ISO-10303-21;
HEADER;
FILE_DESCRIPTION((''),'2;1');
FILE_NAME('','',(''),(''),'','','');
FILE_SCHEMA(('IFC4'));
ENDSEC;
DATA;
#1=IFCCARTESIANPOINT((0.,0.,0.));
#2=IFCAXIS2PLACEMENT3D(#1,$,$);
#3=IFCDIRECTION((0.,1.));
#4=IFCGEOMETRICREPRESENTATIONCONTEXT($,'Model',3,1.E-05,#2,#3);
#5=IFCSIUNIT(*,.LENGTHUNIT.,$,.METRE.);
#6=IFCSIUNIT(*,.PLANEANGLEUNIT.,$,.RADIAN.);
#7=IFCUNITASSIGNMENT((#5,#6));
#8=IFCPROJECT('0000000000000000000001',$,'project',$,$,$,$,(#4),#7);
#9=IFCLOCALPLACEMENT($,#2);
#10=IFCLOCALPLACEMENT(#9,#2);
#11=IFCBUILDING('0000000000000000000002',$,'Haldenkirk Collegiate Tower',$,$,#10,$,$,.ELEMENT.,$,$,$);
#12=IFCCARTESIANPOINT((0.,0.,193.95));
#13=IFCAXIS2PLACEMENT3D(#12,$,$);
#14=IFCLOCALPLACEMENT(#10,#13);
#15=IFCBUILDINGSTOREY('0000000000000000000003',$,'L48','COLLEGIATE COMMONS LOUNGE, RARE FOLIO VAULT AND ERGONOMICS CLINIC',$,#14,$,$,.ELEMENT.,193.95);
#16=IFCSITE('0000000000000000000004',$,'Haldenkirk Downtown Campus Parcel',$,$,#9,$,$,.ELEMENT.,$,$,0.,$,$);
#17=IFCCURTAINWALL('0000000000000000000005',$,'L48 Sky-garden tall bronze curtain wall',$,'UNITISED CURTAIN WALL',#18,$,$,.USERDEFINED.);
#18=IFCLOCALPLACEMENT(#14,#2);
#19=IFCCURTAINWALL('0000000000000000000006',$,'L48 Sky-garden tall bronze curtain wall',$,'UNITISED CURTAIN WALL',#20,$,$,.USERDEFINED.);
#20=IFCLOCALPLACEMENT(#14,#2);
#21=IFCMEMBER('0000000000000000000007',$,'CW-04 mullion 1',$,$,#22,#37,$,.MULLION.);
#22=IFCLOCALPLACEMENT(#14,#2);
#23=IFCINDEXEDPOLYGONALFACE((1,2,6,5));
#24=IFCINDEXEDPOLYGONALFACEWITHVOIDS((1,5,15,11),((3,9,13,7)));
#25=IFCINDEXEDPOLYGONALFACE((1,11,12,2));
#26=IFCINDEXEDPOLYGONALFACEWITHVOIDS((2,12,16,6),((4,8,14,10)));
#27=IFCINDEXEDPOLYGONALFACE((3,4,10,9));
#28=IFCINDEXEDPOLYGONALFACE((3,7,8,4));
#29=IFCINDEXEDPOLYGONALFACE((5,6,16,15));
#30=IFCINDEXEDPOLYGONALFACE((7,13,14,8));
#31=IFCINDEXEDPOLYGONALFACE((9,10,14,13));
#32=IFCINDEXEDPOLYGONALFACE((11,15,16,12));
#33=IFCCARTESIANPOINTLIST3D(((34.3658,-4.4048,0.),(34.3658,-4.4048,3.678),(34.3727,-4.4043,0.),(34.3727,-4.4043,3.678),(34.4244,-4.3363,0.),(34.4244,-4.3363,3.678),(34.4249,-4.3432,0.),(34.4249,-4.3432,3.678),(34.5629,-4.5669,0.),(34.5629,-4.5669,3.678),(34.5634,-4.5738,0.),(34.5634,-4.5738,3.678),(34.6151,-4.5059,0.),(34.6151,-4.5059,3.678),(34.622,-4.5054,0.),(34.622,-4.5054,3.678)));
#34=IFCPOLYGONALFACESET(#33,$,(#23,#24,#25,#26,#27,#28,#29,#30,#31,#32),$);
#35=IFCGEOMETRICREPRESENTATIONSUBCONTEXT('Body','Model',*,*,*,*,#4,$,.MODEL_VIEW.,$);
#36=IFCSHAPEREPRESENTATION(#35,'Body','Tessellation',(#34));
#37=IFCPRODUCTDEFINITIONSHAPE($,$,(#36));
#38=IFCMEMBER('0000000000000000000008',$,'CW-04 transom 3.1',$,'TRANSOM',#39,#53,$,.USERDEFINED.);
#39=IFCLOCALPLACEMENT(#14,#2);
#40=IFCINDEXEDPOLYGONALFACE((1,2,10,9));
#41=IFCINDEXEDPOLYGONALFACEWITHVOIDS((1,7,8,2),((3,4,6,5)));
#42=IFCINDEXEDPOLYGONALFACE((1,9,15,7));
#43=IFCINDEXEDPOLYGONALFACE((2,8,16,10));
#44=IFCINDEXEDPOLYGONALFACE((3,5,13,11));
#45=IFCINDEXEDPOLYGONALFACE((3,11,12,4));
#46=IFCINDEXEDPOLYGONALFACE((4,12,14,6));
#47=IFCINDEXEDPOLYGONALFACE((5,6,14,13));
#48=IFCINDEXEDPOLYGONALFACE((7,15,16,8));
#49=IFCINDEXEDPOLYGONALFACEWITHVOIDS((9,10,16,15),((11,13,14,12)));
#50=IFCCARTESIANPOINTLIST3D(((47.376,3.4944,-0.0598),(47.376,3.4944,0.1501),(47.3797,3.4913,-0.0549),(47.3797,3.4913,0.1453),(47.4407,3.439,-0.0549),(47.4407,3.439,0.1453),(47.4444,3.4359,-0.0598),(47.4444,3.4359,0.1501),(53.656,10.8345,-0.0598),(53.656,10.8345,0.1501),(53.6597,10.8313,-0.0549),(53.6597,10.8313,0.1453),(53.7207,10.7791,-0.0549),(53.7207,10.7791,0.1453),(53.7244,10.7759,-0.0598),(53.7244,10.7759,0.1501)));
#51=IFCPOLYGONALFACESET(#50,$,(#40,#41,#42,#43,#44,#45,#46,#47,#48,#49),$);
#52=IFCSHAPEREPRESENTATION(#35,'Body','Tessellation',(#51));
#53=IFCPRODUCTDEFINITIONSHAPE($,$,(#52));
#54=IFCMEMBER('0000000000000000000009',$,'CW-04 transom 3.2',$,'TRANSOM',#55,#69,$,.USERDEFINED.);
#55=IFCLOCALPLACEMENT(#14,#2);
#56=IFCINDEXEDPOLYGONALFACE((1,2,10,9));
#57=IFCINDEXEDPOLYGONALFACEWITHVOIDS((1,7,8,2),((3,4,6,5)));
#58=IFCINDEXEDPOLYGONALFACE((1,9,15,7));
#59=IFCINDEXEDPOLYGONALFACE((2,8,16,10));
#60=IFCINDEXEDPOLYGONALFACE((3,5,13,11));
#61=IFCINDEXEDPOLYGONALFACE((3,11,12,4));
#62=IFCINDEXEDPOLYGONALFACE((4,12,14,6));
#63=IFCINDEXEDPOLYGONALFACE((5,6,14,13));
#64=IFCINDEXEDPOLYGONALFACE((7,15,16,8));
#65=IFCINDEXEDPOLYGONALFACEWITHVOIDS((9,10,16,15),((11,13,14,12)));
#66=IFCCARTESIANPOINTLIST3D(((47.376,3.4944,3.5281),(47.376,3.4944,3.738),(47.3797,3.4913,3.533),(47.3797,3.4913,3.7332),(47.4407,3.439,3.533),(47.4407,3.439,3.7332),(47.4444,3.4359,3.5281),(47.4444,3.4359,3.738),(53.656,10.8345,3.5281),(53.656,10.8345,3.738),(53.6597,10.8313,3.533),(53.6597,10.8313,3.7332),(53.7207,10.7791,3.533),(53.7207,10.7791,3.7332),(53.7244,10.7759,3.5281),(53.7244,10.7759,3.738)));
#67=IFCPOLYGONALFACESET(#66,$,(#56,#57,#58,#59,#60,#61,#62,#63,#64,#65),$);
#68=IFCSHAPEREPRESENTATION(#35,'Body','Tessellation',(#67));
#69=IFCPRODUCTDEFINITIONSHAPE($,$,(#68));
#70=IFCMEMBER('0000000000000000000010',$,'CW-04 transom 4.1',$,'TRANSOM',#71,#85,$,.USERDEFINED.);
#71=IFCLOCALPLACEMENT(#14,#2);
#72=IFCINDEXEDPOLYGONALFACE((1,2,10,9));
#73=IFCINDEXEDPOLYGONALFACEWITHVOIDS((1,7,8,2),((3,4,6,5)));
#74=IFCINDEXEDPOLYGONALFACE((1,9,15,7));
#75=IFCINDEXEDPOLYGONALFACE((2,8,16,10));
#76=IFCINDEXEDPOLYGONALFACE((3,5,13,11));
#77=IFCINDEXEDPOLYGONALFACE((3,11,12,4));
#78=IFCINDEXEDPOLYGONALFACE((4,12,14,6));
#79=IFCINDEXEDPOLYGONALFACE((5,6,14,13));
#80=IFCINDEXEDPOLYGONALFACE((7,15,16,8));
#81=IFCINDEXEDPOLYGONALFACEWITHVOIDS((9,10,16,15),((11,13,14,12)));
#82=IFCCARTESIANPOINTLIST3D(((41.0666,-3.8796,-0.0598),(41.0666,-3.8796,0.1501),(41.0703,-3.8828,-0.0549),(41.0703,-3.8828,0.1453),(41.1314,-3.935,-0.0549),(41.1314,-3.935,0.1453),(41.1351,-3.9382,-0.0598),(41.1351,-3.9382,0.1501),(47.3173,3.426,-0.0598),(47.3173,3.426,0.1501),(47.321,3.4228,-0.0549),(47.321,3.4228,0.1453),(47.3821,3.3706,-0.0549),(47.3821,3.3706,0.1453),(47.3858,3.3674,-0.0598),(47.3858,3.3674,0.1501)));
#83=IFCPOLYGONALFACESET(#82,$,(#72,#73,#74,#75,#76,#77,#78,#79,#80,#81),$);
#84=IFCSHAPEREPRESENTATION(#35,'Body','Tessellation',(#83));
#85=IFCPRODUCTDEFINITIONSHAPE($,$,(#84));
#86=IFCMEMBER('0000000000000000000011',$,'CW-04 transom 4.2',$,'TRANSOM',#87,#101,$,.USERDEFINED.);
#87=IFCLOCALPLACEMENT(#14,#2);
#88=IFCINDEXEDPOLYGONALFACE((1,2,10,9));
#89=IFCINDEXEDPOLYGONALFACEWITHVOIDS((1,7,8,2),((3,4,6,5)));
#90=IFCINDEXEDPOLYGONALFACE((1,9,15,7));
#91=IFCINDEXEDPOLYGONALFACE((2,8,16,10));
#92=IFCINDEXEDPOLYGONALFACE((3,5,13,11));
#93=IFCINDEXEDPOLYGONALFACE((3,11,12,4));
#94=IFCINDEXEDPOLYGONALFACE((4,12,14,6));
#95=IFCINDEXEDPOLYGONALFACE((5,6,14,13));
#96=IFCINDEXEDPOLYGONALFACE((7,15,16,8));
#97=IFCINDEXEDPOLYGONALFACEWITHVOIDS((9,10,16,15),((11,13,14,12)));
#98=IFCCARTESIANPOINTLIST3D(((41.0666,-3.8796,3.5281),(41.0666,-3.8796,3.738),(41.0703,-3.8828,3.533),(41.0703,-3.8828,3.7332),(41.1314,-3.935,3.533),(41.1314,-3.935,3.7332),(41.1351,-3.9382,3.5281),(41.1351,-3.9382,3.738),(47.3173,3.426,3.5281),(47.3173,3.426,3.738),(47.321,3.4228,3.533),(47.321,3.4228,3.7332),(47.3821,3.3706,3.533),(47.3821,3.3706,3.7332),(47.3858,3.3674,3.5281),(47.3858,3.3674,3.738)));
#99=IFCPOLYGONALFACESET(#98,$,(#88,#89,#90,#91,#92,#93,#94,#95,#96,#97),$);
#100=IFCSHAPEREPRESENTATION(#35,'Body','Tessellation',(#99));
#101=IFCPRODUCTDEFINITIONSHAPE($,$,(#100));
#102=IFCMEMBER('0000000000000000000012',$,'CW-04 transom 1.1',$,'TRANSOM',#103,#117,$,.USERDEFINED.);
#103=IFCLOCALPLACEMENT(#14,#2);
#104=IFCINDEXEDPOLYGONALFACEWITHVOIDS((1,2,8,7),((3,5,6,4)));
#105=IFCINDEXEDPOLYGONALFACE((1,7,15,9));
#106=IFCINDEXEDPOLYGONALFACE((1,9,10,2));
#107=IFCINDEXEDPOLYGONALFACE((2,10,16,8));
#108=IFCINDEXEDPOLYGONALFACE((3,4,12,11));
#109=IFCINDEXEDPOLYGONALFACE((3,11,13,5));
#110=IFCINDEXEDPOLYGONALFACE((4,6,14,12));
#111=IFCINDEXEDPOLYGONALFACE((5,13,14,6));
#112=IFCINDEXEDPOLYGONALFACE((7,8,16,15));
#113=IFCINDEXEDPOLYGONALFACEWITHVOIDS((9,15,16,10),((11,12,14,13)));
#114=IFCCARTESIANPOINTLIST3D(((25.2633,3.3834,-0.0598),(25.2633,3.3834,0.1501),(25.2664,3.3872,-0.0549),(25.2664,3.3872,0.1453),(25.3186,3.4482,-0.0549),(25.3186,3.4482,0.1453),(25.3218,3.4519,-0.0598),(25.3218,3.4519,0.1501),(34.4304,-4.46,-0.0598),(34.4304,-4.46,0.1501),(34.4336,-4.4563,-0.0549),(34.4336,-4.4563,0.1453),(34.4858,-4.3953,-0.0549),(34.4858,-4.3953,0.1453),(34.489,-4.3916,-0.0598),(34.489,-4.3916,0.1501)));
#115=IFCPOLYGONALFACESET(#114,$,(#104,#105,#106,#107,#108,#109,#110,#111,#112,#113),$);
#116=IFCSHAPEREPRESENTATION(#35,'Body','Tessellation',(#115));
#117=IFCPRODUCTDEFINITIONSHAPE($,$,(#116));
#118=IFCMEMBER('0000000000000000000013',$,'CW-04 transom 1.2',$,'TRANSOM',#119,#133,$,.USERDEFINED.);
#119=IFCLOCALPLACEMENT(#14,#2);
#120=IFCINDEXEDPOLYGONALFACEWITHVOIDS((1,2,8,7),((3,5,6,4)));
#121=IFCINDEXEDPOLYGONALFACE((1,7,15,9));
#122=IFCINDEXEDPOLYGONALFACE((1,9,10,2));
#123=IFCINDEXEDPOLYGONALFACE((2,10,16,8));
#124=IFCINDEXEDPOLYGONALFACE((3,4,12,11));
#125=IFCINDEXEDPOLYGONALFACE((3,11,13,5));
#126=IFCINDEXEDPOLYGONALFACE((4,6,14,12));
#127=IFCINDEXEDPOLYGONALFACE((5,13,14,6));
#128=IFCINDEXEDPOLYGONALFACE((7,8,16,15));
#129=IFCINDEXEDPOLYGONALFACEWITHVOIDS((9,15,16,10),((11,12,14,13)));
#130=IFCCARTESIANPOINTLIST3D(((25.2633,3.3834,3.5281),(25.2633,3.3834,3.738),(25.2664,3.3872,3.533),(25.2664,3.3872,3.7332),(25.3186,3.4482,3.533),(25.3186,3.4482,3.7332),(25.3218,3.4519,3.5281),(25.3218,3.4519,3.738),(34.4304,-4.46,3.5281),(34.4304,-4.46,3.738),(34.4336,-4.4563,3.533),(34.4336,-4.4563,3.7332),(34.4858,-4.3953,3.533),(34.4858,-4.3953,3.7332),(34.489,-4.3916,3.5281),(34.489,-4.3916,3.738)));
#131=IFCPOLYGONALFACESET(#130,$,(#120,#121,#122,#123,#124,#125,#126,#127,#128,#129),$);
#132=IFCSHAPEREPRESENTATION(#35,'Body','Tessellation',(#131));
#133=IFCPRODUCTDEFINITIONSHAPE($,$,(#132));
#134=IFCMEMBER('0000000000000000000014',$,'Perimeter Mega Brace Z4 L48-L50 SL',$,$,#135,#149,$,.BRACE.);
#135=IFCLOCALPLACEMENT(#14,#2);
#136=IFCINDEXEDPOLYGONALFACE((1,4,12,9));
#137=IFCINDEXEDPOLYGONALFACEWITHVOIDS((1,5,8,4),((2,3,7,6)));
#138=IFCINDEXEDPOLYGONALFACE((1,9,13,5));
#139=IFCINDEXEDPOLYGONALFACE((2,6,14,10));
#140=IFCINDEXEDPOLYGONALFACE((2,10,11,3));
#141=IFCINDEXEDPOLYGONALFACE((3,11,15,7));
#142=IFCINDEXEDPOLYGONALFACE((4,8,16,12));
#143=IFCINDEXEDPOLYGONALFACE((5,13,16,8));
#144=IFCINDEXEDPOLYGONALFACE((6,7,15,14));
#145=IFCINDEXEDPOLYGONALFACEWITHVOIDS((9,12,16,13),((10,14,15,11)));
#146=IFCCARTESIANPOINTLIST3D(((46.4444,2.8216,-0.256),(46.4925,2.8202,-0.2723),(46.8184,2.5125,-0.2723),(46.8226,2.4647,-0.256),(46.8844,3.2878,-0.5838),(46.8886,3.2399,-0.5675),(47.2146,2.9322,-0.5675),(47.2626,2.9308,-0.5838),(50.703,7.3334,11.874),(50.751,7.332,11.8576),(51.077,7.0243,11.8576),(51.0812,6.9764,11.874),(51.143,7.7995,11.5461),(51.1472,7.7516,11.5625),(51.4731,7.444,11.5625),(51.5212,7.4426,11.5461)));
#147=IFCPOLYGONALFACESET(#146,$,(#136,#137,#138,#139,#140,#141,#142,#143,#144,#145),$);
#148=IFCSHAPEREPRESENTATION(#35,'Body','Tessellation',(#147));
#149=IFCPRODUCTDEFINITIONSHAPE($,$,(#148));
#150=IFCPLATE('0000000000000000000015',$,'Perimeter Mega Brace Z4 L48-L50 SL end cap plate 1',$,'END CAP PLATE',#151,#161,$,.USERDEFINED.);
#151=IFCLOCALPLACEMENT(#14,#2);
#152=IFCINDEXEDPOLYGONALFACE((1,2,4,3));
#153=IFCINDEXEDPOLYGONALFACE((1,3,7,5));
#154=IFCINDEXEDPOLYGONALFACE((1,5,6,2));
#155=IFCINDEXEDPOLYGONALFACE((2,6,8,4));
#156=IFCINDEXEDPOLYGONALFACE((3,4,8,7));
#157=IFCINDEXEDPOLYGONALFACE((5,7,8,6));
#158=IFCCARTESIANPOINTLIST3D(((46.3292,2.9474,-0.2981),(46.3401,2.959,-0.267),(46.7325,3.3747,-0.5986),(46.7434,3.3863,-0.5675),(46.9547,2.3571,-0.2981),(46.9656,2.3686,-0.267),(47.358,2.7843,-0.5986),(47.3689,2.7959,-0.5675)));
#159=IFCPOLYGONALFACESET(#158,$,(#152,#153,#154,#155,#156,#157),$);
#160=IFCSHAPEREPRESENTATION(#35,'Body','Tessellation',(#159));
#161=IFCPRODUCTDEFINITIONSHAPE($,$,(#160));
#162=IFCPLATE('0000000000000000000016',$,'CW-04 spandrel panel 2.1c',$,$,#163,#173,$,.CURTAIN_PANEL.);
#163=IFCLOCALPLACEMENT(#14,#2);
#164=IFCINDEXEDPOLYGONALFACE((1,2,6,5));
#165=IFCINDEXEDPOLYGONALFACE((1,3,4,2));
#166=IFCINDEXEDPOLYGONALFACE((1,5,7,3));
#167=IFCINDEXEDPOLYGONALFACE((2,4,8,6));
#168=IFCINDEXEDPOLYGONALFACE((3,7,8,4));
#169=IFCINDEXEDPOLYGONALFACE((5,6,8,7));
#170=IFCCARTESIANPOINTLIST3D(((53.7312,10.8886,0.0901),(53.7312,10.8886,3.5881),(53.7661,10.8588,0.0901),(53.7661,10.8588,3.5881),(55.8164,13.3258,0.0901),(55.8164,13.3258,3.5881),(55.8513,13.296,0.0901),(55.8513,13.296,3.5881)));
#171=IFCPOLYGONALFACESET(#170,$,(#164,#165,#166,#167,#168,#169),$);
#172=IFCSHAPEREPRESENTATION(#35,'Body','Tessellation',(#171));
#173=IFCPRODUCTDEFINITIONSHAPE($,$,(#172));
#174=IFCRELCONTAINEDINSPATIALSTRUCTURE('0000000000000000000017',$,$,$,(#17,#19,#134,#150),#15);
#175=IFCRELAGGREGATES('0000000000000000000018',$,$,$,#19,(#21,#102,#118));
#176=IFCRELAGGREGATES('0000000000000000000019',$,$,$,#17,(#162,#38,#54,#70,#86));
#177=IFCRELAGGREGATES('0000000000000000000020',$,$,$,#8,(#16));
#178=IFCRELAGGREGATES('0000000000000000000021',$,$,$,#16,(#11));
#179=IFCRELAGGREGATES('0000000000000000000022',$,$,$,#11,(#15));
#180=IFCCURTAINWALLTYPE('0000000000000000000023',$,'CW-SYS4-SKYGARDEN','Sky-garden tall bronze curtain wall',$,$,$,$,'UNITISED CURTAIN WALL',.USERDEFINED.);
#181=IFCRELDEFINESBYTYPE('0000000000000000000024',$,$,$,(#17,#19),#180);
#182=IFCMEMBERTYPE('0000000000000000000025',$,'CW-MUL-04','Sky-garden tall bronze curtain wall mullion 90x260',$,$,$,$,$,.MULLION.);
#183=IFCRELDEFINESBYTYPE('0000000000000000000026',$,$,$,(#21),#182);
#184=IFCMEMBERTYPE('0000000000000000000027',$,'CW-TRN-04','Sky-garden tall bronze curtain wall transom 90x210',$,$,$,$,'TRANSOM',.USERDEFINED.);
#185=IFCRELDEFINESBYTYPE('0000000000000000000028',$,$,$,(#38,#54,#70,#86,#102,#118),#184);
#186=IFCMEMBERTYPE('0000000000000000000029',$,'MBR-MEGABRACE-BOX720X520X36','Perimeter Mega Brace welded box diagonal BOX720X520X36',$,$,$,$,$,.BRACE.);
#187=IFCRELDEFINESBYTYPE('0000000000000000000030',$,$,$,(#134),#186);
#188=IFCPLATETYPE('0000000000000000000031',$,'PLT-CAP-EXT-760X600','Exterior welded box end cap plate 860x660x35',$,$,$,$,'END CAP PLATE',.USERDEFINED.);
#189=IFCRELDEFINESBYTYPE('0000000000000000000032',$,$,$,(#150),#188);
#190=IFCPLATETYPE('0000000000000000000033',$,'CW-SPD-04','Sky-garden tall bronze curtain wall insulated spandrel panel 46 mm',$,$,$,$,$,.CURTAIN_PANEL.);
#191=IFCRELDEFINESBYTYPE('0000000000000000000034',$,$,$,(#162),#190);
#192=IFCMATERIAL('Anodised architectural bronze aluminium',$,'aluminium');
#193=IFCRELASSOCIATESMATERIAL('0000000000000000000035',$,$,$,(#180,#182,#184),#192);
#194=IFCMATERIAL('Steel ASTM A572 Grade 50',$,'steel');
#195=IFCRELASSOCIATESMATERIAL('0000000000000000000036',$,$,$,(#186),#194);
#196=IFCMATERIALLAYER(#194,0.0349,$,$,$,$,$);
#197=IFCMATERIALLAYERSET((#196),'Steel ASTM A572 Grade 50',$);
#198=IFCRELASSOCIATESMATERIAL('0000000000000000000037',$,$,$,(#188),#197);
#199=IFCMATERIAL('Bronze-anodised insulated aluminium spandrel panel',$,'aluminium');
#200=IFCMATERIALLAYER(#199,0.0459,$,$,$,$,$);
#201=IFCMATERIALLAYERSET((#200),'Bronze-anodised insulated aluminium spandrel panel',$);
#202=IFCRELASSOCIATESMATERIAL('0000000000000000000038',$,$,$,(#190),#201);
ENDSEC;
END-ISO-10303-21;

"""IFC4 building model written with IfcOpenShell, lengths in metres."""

from ifc_helpers import new_model, si_unit, direction, frame, origin, origin_2d, place, context, subcontext, project, spatial, rectangle, hollow_rectangle, extrude, source, transform, mapped, material, layer, layer_set, material_profile, profile_set, type_object, element, aggregate, save


model = new_model("IFC4")

# Units and contexts
model_context = context("Model", 3, precision=1e-05, world=origin(), true_north=direction((0.0, 1.0)))
body_context = subcontext(model_context, "Body", "Model", "MODEL_VIEW")
ifc_project = project(units=[si_unit("LENGTHUNIT", "METRE"), si_unit("PLANEANGLEUNIT", "RADIAN")], contexts=[model_context])

# Site, building, storey
site_placement = place(None, origin())
site = spatial("IfcSite", under=ifc_project, at=site_placement, Name="Haldenkirk Downtown Campus Parcel", CompositionType="ELEMENT", RefElevation=0.0)
building_placement = place(site_placement, origin())
building = spatial("IfcBuilding", under=site, at=building_placement, Name="Haldenkirk Collegiate Tower", CompositionType="ELEMENT")
storey_placement = place(building_placement, frame((0.0, 0.0, 193.95)))
storey = spatial("IfcBuildingStorey", under=building, at=storey_placement, Name="L48", Description="COLLEGIATE COMMONS LOUNGE, RARE FOLIO VAULT AND ERGONOMICS CLINIC", CompositionType="ELEMENT", Elevation=193.95)

# Shared definitions
ifc_material_1 = material(Name="Steel ASTM A572 Grade 50", Category="steel")

# Curtain wall
ifc_material_2 = material(Name="Anodised architectural bronze aluminium", Category="aluminium")
curtain_wall_type = type_object("IfcCurtainWallType", Name="CW-SYS4-SKYGARDEN", Description="Sky-garden tall bronze curtain wall", ElementType="UNITISED CURTAIN WALL", PredefinedType="USERDEFINED", material=ifc_material_2)
curtain_wall_1_placement = place(storey_placement, origin())
curtain_wall_1 = element("IfcCurtainWall", 1, at=curtain_wall_1_placement, inside=storey, type_object=curtain_wall_type, Name="L48 Sky-garden tall bronze curtain wall", ObjectType="UNITISED CURTAIN WALL", PredefinedType="USERDEFINED")
ifc_material_profile_1 = material_profile(ifc_material_2, hollow_rectangle(XDim=0.0901, YDim=0.26, WallThickness=0.0049, at=origin_2d()), Name="CW-MUL-04")
ifc_profile_set_1 = profile_set([ifc_material_profile_1], Name="Anodised architectural bronze aluminium")
member_type_1 = type_object("IfcMemberType", Name="CW-MUL-04", Description="Sky-garden tall bronze curtain wall mullion 90x260", PredefinedType="MULLION", material=ifc_profile_set_1)

# Curtain wall, member
curtain_wall_2_placement = place(storey_placement, origin())
curtain_wall_2 = element("IfcCurtainWall", 2, at=curtain_wall_2_placement, inside=storey, type_object=curtain_wall_type, Name="L48 Sky-garden tall bronze curtain wall", ObjectType="UNITISED CURTAIN WALL", PredefinedType="USERDEFINED")
member_1_placement = place(storey_placement, frame((34.4939, -4.4551, 0.0), z_axis=(0.0, 0.0, 1.0), x_axis=(-0.650113, -0.759837, 0.0)))
member_1 = element("IfcMember", 3, at=member_1_placement, type_object=member_type_1, Name="CW-04 mullion 1", PredefinedType="MULLION", context=body_context, shape_type="SweptSolid", body=[
    extrude(hollow_rectangle(XDim=0.0901, YDim=0.26, WallThickness=0.0049, at=origin_2d()), origin(), (0.0, 0.0, 1.0), 3.678),
])

# Members
ifc_material_profile_2 = material_profile(ifc_material_2, hollow_rectangle(XDim=0.0901, YDim=0.21, WallThickness=0.0049, at=origin_2d()), Name="CW-TRN-04")
ifc_profile_set_2 = profile_set([ifc_material_profile_2], Name="Anodised architectural bronze aluminium")
member_type_2 = type_object("IfcMemberType", Name="CW-TRN-04", Description="Sky-garden tall bronze curtain wall transom 90x210", ElementType="TRANSOM", PredefinedType="USERDEFINED", material=ifc_profile_set_2)
member_2_placement = place(storey_placement, frame((53.6902, 10.8052, 0.0452), z_axis=(-0.650106, -0.759843, 0.0), x_axis=(0.759843, -0.650106, 0.0)))
member_2 = element("IfcMember", 4, at=member_2_placement, type_object=member_type_2, Name="CW-04 transom 3.1", ObjectType="TRANSOM", PredefinedType="USERDEFINED", context=body_context, shape_type="SweptSolid", body=[
    extrude(hollow_rectangle(XDim=0.0901, YDim=0.21, WallThickness=0.0049, at=origin_2d()), origin(), (0.0, 0.0, 1.0), 9.6599),
])
member_3_placement = place(storey_placement, frame((53.6902, 10.8052, 3.6331), z_axis=(-0.650106, -0.759843, 0.0), x_axis=(0.759843, -0.650106, 0.0)))
member_3 = element("IfcMember", 5, at=member_3_placement, type_object=member_type_2, Name="CW-04 transom 3.2", ObjectType="TRANSOM", PredefinedType="USERDEFINED", context=body_context, shape_type="SweptSolid", body=[
    extrude(hollow_rectangle(XDim=0.0901, YDim=0.21, WallThickness=0.0049, at=origin_2d()), origin(), (0.0, 0.0, 1.0), 9.6599),
])
member_4_placement = place(storey_placement, frame((47.3516, 3.3967, 0.0452), z_axis=(-0.650116, -0.759835, 0.0), x_axis=(0.759835, -0.650116, 0.0)))
member_4 = element("IfcMember", 6, at=member_4_placement, type_object=member_type_2, Name="CW-04 transom 4.1", ObjectType="TRANSOM", PredefinedType="USERDEFINED", context=body_context, shape_type="SweptSolid", body=[
    extrude(hollow_rectangle(XDim=0.0901, YDim=0.21, WallThickness=0.0049, at=origin_2d()), origin(), (0.0, 0.0, 1.0), 9.6147),
])
member_5_placement = place(storey_placement, frame((47.3516, 3.3967, 3.6331), z_axis=(-0.650116, -0.759835, 0.0), x_axis=(0.759835, -0.650116, 0.0)))
member_5 = element("IfcMember", 7, at=member_5_placement, type_object=member_type_2, Name="CW-04 transom 4.2", ObjectType="TRANSOM", PredefinedType="USERDEFINED", context=body_context, shape_type="SweptSolid", body=[
    extrude(hollow_rectangle(XDim=0.0901, YDim=0.21, WallThickness=0.0049, at=origin_2d()), origin(), (0.0, 0.0, 1.0), 9.6147),
])
member_6_placement = place(storey_placement, frame((34.4597, -4.4258, 0.0452), z_axis=(-0.759835, 0.650116, 0.0), x_axis=(-0.650116, -0.759835, 0.0)))
member_6 = element("IfcMember", 8, at=member_6_placement, type_object=member_type_2, Name="CW-04 transom 1.1", ObjectType="TRANSOM", PredefinedType="USERDEFINED", context=body_context, shape_type="SweptSolid", body=[
    extrude(hollow_rectangle(XDim=0.0901, YDim=0.21, WallThickness=0.0049, at=origin_2d()), origin(), (0.0, 0.0, 1.0), 12.0647),
])
member_7_placement = place(storey_placement, frame((34.4597, -4.4258, 3.6331), z_axis=(-0.759835, 0.650116, 0.0), x_axis=(-0.650116, -0.759835, 0.0)))
member_7 = element("IfcMember", 9, at=member_7_placement, type_object=member_type_2, Name="CW-04 transom 1.2", ObjectType="TRANSOM", PredefinedType="USERDEFINED", context=body_context, shape_type="SweptSolid", body=[
    extrude(hollow_rectangle(XDim=0.0901, YDim=0.21, WallThickness=0.0049, at=origin_2d()), origin(), (0.0, 0.0, 1.0), 12.0647),
])
aggregate(curtain_wall_2, [member_1, member_6, member_7])
ifc_material_profile_3 = material_profile(ifc_material_1, hollow_rectangle(XDim=0.52, YDim=0.72, WallThickness=0.0359, at=origin_2d()), Name="BOX720X520X36")
ifc_profile_set_3 = profile_set([ifc_material_profile_3], Name="Steel ASTM A572 Grade 50")
member_type_3 = type_object("IfcMemberType", Name="MBR-MEGABRACE-BOX720X520X36", Description="Perimeter Mega Brace welded box diagonal BOX720X520X36", PredefinedType="BRACE", material=ifc_profile_set_3)
member_8_placement = place(storey_placement, frame((46.8535, 2.8762, -0.4199), z_axis=(0.312567, 0.331149, 0.890304), x_axis=(-0.727216, 0.686409, 0.0)))
element("IfcMember", 10, at=member_8_placement, inside=storey, type_object=member_type_3, Name="Perimeter Mega Brace Z4 L48-L50 SL", PredefinedType="BRACE", context=body_context, shape_type="SweptSolid", body=[
    extrude(hollow_rectangle(XDim=0.52, YDim=0.72, WallThickness=0.0359, at=origin_2d()), origin(), (0.0, 0.0, 1.0), 13.6245),
])

# Plates
ifc_layer_1 = layer(ifc_material_1, 0.0349)
ifc_layer_set_1 = layer_set([ifc_layer_1], Name="Steel ASTM A572 Grade 50")
plate_type_1 = type_object("IfcPlateType", Name="PLT-CAP-EXT-760X600", Description="Exterior welded box end cap plate 860x660x35", ElementType="END CAP PLATE", PredefinedType="USERDEFINED", material=ifc_layer_set_1)
shared_shape_1 = source(origin(), body_context, "Body", "SweptSolid", [
    extrude(rectangle(XDim=0.8601, YDim=0.6599, at=origin_2d()), origin(), (0.0, 0.0, 1.0), 0.0349),
])
plate_1_placement = place(storey_placement, frame((46.8545, 2.8774, -0.4172), z_axis=(-0.312556, -0.33114, -0.890312), x_axis=(0.727219, -0.686406, 0.0)))
element("IfcPlate", 11, at=plate_1_placement, inside=storey, type_object=plate_type_1, Name="Perimeter Mega Brace Z4 L48-L50 SL end cap plate 1", ObjectType="END CAP PLATE", PredefinedType="USERDEFINED", context=body_context, shape_type="MappedRepresentation", body=[
    mapped(shared_shape_1, transform((0.0, 0.0, 0.0), x_axis=(1.0, 0.0, 0.0), y_axis=(0.0, 1.0, 0.0), z_axis=(0.0, 0.0, 1.0), scale=1.0)),
])
ifc_material_3 = material(Name="Bronze-anodised insulated aluminium spandrel panel", Category="aluminium")
ifc_layer_2 = layer(ifc_material_3, 0.0459)
ifc_layer_set_2 = layer_set([ifc_layer_2], Name="Bronze-anodised insulated aluminium spandrel panel")
plate_type_2 = type_object("IfcPlateType", Name="CW-SPD-04", Description="Sky-garden tall bronze curtain wall insulated spandrel panel 46 mm", PredefinedType="CURTAIN_PANEL", material=ifc_layer_set_2)
shared_shape_2 = source(origin(), body_context, "Body", "SweptSolid", [
    extrude(rectangle(XDim=3.2075, YDim=0.0459, at=origin_2d()), origin(), (0.0, 0.0, 1.0), 3.498),
])
plate_2_placement = place(storey_placement, frame((54.7913, 12.0923, 0.0901), z_axis=(0.0, 0.0, 1.0), x_axis=(-0.650114, -0.759837, 0.0)))
plate_2 = element("IfcPlate", 12, at=plate_2_placement, type_object=plate_type_2, Name="CW-04 spandrel panel 2.1c", PredefinedType="CURTAIN_PANEL", context=body_context, shape_type="MappedRepresentation", body=[
    mapped(shared_shape_2, transform((0.0, 0.0, 0.0), x_axis=(1.0, 0.0, 0.0), y_axis=(0.0, 1.0, 0.0), z_axis=(0.0, 0.0, 1.0), scale=1.0)),
])
aggregate(curtain_wall_1, [plate_2, member_2, member_3, member_4, member_5])

save(model, "model.ifc")
